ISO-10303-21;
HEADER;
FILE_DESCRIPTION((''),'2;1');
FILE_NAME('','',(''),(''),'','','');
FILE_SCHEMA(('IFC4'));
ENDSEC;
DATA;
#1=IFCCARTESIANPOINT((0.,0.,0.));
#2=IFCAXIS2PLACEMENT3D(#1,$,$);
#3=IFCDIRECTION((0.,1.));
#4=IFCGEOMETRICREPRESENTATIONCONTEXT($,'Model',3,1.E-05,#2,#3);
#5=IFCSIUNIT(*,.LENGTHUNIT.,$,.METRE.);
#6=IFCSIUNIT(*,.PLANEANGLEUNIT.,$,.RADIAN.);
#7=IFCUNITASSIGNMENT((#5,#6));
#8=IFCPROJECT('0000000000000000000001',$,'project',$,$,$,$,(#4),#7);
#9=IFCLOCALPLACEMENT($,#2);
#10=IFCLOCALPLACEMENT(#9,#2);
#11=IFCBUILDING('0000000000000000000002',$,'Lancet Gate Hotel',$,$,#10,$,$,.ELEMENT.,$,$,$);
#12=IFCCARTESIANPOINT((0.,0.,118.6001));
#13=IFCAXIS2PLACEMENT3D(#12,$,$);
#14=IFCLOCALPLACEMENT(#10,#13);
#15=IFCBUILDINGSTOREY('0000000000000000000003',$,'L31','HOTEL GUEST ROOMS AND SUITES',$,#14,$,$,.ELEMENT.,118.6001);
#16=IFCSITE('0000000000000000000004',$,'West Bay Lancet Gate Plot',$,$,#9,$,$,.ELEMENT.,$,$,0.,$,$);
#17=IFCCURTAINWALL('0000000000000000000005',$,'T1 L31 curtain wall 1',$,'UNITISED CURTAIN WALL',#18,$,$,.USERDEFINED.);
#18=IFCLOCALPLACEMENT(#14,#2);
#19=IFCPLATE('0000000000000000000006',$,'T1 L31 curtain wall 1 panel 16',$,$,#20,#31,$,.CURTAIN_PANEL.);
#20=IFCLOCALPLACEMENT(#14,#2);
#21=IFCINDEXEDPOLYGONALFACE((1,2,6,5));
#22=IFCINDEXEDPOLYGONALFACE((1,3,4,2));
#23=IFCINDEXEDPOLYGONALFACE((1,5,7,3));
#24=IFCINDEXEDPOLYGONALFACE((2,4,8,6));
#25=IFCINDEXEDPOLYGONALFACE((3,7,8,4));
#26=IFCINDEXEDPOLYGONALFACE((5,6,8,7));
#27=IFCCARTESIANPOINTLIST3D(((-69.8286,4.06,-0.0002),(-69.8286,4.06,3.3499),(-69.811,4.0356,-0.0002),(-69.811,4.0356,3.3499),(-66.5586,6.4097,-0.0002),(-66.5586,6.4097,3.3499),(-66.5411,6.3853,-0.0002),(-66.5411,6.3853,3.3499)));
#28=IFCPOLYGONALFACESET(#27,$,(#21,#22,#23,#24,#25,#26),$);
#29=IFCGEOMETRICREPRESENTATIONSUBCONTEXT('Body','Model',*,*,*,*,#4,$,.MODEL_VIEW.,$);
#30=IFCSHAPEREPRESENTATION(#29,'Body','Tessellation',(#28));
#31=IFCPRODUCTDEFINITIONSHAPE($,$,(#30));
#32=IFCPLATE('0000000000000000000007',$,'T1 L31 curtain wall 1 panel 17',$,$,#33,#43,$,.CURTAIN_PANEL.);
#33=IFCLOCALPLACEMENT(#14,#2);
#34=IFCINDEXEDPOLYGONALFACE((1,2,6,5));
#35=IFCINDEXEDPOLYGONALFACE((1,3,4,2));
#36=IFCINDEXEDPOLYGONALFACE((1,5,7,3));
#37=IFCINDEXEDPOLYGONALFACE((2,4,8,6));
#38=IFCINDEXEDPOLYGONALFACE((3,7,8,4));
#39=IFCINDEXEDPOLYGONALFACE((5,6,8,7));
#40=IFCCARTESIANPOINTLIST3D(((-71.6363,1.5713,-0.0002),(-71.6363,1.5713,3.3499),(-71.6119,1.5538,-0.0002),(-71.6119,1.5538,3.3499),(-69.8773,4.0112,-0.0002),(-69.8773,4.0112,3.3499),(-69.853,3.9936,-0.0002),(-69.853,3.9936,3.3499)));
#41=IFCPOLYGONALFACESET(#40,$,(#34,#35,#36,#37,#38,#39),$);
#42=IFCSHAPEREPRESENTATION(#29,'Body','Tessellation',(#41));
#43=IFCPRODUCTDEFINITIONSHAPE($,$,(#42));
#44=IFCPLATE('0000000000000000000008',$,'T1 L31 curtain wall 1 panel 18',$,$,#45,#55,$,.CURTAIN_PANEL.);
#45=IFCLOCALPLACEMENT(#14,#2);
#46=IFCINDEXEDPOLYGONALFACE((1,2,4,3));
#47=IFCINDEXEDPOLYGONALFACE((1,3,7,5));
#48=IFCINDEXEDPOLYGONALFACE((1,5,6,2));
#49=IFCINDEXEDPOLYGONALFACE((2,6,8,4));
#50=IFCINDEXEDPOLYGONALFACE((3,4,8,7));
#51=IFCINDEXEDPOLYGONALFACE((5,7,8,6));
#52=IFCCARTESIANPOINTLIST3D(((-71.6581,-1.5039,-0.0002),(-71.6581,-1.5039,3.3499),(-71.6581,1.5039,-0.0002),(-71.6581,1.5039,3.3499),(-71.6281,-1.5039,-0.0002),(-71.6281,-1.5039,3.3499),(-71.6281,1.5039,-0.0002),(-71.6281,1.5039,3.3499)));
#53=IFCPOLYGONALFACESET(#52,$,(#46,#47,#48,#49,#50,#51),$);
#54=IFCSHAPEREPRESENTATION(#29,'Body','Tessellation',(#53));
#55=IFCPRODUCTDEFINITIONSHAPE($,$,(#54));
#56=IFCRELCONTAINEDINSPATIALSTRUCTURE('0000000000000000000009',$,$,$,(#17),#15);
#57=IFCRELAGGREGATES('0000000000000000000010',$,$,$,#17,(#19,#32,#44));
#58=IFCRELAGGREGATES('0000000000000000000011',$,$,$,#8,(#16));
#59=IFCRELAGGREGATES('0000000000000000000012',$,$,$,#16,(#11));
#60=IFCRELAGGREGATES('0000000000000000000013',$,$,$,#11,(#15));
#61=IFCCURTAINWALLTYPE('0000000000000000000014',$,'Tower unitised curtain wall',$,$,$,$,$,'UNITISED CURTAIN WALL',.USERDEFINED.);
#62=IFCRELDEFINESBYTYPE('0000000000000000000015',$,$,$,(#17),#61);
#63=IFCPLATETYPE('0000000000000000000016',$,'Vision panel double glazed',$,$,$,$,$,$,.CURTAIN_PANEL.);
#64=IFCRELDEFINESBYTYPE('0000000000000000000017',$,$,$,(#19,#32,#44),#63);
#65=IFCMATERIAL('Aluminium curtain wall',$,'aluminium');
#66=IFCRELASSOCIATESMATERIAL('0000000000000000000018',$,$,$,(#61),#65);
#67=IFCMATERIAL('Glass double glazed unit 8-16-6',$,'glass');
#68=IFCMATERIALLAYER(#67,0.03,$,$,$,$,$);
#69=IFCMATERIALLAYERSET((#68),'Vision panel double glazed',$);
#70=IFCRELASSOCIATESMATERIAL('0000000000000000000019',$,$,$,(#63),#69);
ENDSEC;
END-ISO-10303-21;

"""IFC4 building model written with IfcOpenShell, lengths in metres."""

from ifc_helpers import new_model, si_unit, direction, frame, origin, origin_2d, place, context, subcontext, project, spatial, rectangle, extrude, material, layer, layer_set, type_object, element, aggregate, save


model = new_model("IFC4")

# Units and contexts
model_context = context("Model", 3, precision=1e-05, world=origin(), true_north=direction((0.0, 1.0)))
body_context = subcontext(model_context, "Body", "Model", "MODEL_VIEW")
ifc_project = project(units=[si_unit("LENGTHUNIT", "METRE"), si_unit("PLANEANGLEUNIT", "RADIAN")], contexts=[model_context])

# Site, building, storey
site_placement = place(None, origin())
site = spatial("IfcSite", under=ifc_project, at=site_placement, Name="West Bay Lancet Gate Plot", CompositionType="ELEMENT", RefElevation=0.0)
building_placement = place(site_placement, origin())
building = spatial("IfcBuilding", under=site, at=building_placement, Name="Lancet Gate Hotel", CompositionType="ELEMENT")
storey_placement = place(building_placement, frame((0.0, 0.0, 118.6001)))
storey = spatial("IfcBuildingStorey", under=building, at=storey_placement, Name="L31", Description="HOTEL GUEST ROOMS AND SUITES", CompositionType="ELEMENT", Elevation=118.6001)

# Curtain wall
ifc_material_1 = material(Name="Aluminium curtain wall", Category="aluminium")
curtain_wall_type = type_object("IfcCurtainWallType", Name="Tower unitised curtain wall", ElementType="UNITISED CURTAIN WALL", PredefinedType="USERDEFINED", material=ifc_material_1)
curtain_wall_placement = place(storey_placement, origin())
curtain_wall = element("IfcCurtainWall", 1, at=curtain_wall_placement, inside=storey, type_object=curtain_wall_type, Name="T1 L31 curtain wall 1", ObjectType="UNITISED CURTAIN WALL", PredefinedType="USERDEFINED")

# Plates
ifc_material_2 = material(Name="Glass double glazed unit 8-16-6", Category="glass")
ifc_layer = layer(ifc_material_2, 0.03)
ifc_layer_set = layer_set([ifc_layer], Name="Vision panel double glazed")
plate_type = type_object("IfcPlateType", Name="Vision panel double glazed", PredefinedType="CURTAIN_PANEL", material=ifc_layer_set)
plate_1_placement = place(storey_placement, frame((-68.1848, 5.2227, -0.0002), z_axis=(0.0, 0.0, 1.0), x_axis=(-0.812093, -0.583528, 0.0)))
plate_1 = element("IfcPlate", 2, at=plate_1_placement, type_object=plate_type, Name="T1 L31 curtain wall 1 panel 16", PredefinedType="CURTAIN_PANEL", context=body_context, shape_type="SweptSolid", body=[
    extrude(rectangle(XDim=4.0266, YDim=0.03, at=origin_2d()), origin(), (0.0, 0.0, 1.0), 3.3501),
])
plate_2_placement = place(storey_placement, frame((-70.7446, 2.7825, -0.0002), z_axis=(0.0, 0.0, 1.0), x_axis=(-0.584809, -0.811171, 0.0)))
plate_2 = element("IfcPlate", 3, at=plate_2_placement, type_object=plate_type, Name="T1 L31 curtain wall 1 panel 17", PredefinedType="CURTAIN_PANEL", context=body_context, shape_type="SweptSolid", body=[
    extrude(rectangle(XDim=3.0078, YDim=0.03, at=origin_2d()), origin(), (0.0, 0.0, 1.0), 3.3501),
])
plate_3_placement = place(storey_placement, frame((-71.6431, 0.0, -0.0002), z_axis=(0.0, 0.0, 1.0), x_axis=(0.0, -1.0, 0.0)))
plate_3 = element("IfcPlate", 4, at=plate_3_placement, type_object=plate_type, Name="T1 L31 curtain wall 1 panel 18", PredefinedType="CURTAIN_PANEL", context=body_context, shape_type="SweptSolid", body=[
    extrude(rectangle(XDim=3.0078, YDim=0.03, at=origin_2d()), origin(), (0.0, 0.0, 1.0), 3.3501),
])
aggregate(curtain_wall, [plate_1, plate_2, plate_3])

save(model, "model.ifc")
